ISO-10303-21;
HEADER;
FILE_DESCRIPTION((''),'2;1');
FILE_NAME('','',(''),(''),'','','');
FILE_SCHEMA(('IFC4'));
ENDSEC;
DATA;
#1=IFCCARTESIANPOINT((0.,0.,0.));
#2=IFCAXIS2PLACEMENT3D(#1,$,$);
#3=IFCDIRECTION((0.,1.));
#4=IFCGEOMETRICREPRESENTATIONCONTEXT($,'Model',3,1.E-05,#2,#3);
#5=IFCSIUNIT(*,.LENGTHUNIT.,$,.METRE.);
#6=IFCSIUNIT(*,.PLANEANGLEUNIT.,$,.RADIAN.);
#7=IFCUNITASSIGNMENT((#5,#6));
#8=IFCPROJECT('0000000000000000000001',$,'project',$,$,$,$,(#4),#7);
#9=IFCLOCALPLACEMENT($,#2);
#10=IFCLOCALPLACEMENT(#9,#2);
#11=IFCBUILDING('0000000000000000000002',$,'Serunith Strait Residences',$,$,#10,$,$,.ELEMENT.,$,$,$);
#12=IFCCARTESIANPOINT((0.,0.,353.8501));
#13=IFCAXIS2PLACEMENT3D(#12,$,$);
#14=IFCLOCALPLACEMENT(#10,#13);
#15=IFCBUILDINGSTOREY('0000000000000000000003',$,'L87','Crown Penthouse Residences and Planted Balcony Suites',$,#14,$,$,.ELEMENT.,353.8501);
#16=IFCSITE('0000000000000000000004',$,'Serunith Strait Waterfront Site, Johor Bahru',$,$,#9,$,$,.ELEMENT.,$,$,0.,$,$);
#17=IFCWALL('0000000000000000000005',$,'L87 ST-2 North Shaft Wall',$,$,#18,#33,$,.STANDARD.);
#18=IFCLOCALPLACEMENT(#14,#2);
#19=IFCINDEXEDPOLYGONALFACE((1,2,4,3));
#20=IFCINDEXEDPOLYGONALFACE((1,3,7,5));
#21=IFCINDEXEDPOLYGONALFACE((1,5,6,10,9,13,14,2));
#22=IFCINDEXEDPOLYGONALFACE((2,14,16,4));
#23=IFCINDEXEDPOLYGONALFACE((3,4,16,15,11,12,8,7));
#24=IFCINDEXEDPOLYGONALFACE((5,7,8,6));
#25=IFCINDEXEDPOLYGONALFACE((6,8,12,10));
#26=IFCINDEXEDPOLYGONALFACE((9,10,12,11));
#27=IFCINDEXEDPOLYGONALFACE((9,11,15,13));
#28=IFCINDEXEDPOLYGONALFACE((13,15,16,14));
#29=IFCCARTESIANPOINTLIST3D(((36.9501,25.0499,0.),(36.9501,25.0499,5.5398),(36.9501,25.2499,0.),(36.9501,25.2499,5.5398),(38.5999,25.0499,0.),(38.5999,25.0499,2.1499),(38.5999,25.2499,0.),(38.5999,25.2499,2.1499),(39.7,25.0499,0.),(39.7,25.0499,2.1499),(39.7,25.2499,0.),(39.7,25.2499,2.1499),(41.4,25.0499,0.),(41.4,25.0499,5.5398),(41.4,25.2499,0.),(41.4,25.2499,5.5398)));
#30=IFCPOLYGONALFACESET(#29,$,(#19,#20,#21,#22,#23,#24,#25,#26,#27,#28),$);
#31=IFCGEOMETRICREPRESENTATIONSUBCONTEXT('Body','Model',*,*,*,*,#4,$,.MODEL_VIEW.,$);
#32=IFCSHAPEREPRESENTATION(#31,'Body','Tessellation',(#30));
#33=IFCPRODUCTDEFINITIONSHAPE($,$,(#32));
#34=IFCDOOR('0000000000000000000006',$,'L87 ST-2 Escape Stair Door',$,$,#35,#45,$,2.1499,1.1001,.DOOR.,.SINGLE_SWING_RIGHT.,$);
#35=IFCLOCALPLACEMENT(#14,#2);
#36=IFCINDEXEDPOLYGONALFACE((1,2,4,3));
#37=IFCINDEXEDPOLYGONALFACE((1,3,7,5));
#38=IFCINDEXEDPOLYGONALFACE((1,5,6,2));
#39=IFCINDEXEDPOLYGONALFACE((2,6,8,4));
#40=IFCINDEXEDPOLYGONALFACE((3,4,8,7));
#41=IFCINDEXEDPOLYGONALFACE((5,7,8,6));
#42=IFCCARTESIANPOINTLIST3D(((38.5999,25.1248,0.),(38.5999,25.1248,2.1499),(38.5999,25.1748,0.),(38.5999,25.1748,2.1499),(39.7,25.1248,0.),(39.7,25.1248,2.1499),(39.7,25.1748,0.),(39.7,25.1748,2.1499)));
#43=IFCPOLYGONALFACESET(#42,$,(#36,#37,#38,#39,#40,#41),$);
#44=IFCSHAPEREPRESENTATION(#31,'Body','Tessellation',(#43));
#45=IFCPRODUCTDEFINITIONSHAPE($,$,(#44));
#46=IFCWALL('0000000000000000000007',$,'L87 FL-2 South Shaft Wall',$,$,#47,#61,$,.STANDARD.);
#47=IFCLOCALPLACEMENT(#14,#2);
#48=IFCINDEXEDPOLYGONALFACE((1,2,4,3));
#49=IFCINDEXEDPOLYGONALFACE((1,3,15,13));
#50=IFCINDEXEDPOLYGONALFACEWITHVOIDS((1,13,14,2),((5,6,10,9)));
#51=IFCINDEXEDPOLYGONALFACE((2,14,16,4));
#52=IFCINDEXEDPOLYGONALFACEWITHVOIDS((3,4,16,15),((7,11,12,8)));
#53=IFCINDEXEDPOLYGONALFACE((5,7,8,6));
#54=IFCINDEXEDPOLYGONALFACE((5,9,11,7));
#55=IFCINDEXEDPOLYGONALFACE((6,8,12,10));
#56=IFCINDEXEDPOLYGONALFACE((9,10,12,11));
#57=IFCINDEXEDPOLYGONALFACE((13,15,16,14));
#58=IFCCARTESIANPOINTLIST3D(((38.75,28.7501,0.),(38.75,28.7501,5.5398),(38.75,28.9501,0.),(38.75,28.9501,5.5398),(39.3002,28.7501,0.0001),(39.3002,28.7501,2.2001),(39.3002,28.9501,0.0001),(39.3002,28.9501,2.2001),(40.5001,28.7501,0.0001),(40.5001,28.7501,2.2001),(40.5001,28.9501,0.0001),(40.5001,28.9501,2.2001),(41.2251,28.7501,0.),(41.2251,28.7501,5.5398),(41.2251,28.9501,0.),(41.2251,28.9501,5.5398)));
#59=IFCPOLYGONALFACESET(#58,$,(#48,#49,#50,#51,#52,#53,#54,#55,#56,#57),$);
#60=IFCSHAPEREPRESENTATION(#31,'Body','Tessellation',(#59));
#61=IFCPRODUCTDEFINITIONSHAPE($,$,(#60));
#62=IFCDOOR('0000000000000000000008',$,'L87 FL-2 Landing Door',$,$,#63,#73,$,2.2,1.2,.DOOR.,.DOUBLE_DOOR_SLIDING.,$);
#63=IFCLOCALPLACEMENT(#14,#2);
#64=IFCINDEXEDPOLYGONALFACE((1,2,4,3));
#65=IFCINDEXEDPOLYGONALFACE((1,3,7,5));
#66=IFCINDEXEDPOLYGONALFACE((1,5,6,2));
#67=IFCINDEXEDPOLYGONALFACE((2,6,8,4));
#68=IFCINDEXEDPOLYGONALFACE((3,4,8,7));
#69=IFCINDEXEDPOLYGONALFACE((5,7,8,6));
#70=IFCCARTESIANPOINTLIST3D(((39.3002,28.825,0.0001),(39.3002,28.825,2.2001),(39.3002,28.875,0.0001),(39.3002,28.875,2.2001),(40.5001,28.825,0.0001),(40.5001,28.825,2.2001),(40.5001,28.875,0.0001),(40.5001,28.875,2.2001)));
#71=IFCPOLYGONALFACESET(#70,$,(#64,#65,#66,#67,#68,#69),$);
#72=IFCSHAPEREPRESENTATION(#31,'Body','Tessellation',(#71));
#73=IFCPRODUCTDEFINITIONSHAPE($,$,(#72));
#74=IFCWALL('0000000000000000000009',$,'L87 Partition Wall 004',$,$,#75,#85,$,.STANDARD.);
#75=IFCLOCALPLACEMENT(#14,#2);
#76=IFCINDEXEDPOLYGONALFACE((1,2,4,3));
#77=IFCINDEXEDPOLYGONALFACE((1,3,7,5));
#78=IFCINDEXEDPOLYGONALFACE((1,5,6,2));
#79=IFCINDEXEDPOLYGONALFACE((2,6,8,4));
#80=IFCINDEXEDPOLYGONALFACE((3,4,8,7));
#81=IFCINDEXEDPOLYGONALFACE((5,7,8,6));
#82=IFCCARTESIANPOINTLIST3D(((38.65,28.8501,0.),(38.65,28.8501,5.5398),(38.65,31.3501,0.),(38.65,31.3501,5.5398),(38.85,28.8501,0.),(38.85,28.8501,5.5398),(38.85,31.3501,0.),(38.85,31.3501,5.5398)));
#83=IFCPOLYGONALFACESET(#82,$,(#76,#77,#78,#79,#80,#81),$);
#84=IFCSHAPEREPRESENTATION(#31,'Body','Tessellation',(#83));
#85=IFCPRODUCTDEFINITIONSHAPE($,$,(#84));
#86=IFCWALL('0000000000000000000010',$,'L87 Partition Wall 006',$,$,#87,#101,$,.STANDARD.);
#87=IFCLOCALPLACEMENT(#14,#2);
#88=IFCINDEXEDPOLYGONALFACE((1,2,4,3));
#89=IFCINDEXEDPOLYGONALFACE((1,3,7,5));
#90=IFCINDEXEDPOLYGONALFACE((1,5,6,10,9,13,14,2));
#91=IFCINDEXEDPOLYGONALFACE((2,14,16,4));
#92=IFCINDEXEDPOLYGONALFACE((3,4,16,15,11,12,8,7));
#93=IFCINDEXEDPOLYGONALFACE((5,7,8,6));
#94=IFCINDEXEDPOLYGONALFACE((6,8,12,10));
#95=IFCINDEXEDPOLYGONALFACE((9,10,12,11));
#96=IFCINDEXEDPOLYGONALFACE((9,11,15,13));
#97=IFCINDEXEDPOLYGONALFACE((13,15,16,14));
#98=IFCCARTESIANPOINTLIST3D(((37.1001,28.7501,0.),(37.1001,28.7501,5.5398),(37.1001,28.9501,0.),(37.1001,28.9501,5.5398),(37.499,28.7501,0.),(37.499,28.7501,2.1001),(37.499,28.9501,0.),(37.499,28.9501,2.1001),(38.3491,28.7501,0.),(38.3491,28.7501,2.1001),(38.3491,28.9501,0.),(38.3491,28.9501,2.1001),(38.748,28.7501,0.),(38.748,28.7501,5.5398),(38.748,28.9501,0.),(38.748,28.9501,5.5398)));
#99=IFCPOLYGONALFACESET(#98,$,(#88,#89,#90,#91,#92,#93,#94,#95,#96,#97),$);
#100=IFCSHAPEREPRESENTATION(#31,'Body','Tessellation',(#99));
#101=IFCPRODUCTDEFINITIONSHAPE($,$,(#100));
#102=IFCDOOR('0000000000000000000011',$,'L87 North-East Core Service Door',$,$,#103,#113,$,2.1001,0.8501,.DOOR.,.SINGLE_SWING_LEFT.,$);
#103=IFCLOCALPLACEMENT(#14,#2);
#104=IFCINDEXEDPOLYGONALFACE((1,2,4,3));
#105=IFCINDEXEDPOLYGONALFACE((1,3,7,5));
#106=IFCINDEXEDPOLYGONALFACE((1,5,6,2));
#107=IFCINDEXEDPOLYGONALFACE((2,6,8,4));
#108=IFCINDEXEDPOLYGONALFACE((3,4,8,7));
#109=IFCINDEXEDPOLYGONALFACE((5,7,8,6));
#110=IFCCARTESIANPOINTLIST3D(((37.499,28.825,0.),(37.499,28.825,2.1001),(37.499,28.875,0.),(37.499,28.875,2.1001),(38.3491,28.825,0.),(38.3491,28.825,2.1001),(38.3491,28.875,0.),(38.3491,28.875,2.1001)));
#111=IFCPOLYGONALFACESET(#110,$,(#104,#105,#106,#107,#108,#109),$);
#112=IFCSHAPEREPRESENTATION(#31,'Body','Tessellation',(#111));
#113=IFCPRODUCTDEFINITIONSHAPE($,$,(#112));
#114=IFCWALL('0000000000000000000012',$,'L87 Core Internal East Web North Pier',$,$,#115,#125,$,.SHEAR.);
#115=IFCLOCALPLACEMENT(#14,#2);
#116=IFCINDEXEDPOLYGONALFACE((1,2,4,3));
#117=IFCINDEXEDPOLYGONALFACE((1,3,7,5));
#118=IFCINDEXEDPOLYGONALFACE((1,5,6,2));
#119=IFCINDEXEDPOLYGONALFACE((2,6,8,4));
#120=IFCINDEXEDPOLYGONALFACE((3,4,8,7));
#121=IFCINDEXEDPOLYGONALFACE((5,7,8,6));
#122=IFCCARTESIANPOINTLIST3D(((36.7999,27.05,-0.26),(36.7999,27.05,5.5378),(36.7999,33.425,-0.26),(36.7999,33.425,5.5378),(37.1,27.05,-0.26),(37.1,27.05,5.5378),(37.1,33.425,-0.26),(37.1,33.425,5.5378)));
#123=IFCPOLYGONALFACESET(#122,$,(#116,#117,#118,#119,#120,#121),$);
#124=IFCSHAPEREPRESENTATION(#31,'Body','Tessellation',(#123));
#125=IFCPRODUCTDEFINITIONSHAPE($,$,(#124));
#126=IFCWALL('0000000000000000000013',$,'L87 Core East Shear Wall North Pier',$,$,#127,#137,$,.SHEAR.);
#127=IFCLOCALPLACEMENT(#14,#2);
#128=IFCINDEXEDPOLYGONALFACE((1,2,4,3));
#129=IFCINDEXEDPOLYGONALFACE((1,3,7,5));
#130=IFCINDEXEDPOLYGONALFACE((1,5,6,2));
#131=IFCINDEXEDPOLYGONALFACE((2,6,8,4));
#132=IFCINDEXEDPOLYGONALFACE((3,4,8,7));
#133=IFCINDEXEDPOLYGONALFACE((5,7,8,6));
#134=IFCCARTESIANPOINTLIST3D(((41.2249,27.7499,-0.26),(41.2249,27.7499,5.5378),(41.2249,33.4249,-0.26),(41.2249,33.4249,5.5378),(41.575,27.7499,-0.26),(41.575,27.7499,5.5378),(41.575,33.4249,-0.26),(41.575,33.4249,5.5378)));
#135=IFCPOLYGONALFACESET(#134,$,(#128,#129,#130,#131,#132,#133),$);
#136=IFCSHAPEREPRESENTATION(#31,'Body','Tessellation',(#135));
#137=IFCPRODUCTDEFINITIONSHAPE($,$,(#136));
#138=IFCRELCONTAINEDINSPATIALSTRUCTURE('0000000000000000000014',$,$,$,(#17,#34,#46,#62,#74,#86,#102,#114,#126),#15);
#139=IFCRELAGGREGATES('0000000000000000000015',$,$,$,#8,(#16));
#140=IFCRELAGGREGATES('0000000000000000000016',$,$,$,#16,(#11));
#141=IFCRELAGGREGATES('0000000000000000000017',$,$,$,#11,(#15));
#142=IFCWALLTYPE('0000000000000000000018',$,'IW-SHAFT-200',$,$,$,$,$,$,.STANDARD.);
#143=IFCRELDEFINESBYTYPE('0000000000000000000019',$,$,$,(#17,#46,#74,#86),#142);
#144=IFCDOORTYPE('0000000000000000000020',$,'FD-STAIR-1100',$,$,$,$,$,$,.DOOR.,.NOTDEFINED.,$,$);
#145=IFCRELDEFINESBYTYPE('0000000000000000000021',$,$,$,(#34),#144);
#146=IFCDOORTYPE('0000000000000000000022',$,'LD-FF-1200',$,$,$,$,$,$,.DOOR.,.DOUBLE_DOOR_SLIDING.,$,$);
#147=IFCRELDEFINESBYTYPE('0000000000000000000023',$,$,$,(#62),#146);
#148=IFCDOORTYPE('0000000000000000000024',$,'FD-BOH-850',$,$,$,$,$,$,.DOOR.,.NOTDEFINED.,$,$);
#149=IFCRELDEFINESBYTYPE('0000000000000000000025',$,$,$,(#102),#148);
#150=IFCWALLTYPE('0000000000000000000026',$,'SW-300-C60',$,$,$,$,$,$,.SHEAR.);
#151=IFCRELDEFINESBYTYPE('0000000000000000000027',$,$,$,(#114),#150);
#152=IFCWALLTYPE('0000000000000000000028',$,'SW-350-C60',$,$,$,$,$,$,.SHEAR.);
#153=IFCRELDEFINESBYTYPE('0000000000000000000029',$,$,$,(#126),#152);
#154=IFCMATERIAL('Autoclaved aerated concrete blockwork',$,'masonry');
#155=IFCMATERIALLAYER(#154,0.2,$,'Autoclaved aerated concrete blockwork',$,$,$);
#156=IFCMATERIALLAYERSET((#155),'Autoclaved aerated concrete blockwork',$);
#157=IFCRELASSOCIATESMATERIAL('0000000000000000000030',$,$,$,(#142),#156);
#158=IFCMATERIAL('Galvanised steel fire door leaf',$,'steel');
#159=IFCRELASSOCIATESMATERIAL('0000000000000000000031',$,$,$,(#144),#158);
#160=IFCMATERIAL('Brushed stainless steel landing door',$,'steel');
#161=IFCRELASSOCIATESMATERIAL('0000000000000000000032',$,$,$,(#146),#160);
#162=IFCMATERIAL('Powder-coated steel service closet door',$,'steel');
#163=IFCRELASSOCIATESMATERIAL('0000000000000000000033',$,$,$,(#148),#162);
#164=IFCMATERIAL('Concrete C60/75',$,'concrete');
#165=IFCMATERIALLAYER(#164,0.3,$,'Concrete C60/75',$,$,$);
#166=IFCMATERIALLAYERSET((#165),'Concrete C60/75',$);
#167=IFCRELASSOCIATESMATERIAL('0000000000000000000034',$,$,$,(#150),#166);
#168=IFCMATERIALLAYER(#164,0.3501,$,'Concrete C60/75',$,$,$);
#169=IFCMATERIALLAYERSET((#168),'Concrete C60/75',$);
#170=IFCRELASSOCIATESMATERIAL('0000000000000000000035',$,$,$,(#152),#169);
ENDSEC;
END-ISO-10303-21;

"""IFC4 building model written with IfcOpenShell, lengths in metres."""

from ifc_helpers import new_model, si_unit, direction, frame, frame_2d, origin, place, context, subcontext, project, spatial, rectangle, extrude, source, transform, mapped, material, layer, layer_set, type_object, element, fill, save


model = new_model("IFC4")

# Units and contexts
model_context = context("Model", 3, precision=1e-05, world=origin(), true_north=direction((0.0, 1.0)))
body_context = subcontext(model_context, "Body", "Model", "MODEL_VIEW")
ifc_project = project(units=[si_unit("LENGTHUNIT", "METRE"), si_unit("PLANEANGLEUNIT", "RADIAN")], contexts=[model_context])

# Site, building, storey
site_placement = place(None, origin())
site = spatial("IfcSite", under=ifc_project, at=site_placement, Name="Serunith Strait Waterfront Site, Johor Bahru", CompositionType="ELEMENT", RefElevation=0.0)
building_placement = place(site_placement, origin())
building = spatial("IfcBuilding", under=site, at=building_placement, Name="Serunith Strait Residences", CompositionType="ELEMENT")
storey_placement = place(building_placement, frame((0.0, 0.0, 353.8501)))
storey = spatial("IfcBuildingStorey", under=building, at=storey_placement, Name="L87", Description="Crown Penthouse Residences and Planted Balcony Suites", CompositionType="ELEMENT", Elevation=353.8501)

# Walls, openings, doors
ifc_material_1 = material(Name="Autoclaved aerated concrete blockwork", Category="masonry")
ifc_layer_1 = layer(ifc_material_1, 0.2, Name="Autoclaved aerated concrete blockwork")
ifc_layer_set_1 = layer_set([ifc_layer_1], Name="Autoclaved aerated concrete blockwork")
wall_type_1 = type_object("IfcWallType", Name="IW-SHAFT-200", PredefinedType="STANDARD", material=ifc_layer_set_1)
wall_1_placement = place(storey_placement, frame((36.95, 25.1499, 0.0), z_axis=(0.0, 0.0, 1.0), x_axis=(1.0, 0.0, 0.0)))
wall_1 = element("IfcWall", 1, at=wall_1_placement, inside=storey, type_object=wall_type_1, Name="L87 ST-2 North Shaft Wall", PredefinedType="STANDARD", context=body_context, shape_type="SweptSolid", body=[
    extrude(rectangle(XDim=4.45, YDim=0.2, at=frame_2d((2.2251, 0.0))), origin(), (0.0, 0.0, 1.0), 5.5398),
])
opening_1_placement = place(wall_1_placement, frame((1.6499, 0.0, 0.0)))
opening_1 = element("IfcOpeningElement", 2, at=opening_1_placement, cuts=wall_1, PredefinedType="OPENING", context=body_context, shape_type="SweptSolid", body=[
    extrude(rectangle(XDim=1.1001, YDim=2.1499, at=frame_2d((0.55, 1.075))), frame((0.0, 0.1099, 0.0), z_axis=(0.0, -1.0, 0.0), x_axis=(1.0, 0.0, 0.0)), (0.0, 0.0, 1.0), 0.22),
])
ifc_material_2 = material(Name="Galvanised steel fire door leaf", Category="steel")
door_type_1 = type_object("IfcDoorType", Name="FD-STAIR-1100", OperationType="NOTDEFINED", PredefinedType="DOOR", material=ifc_material_2)
shared_shape_1 = source(origin(), body_context, "Body", "SweptSolid", [
    extrude(rectangle(XDim=1.1001, YDim=2.1499, at=frame_2d((0.55, 1.075))), frame((0.0, 0.0249, 0.0), z_axis=(0.0, -1.0, 0.0), x_axis=(1.0, 0.0, 0.0)), (0.0, 0.0, 1.0), 0.05),
])
door_1_placement = place(opening_1_placement, origin())
door_1 = element("IfcDoor", 3, at=door_1_placement, inside=storey, type_object=door_type_1, Name="L87 ST-2 Escape Stair Door", OperationType="SINGLE_SWING_RIGHT", OverallHeight=2.1499, OverallWidth=1.1001, PredefinedType="DOOR", context=body_context, shape_type="MappedRepresentation", body=[
    mapped(shared_shape_1, transform((0.0, 0.0, 0.0), scale=1.0)),
])
fill(opening_1, door_1)
wall_2_placement = place(storey_placement, frame((38.75, 28.8501, 0.0), z_axis=(0.0, 0.0, 1.0), x_axis=(1.0, 0.0, 0.0)))
wall_2 = element("IfcWall", 4, at=wall_2_placement, inside=storey, type_object=wall_type_1, Name="L87 FL-2 South Shaft Wall", PredefinedType="STANDARD", context=body_context, shape_type="SweptSolid", body=[
    extrude(rectangle(XDim=2.4751, YDim=0.2, at=frame_2d((1.2375, 0.0))), origin(), (0.0, 0.0, 1.0), 5.5398),
])
opening_2_placement = place(wall_2_placement, frame((0.55, 0.0, 0.0)))
opening_2 = element("IfcOpeningElement", 5, at=opening_2_placement, cuts=wall_2, PredefinedType="OPENING", context=body_context, shape_type="SweptSolid", body=[
    extrude(rectangle(XDim=1.2, YDim=2.2, at=frame_2d((0.6001, 1.1001))), frame((0.0, 0.1099, 0.0), z_axis=(0.0, -1.0, 0.0), x_axis=(1.0, 0.0, 0.0)), (0.0, 0.0, 1.0), 0.22),
])
ifc_material_3 = material(Name="Brushed stainless steel landing door", Category="steel")
door_type_2 = type_object("IfcDoorType", Name="LD-FF-1200", OperationType="DOUBLE_DOOR_SLIDING", PredefinedType="DOOR", material=ifc_material_3)
shared_shape_2 = source(origin(), body_context, "Body", "SweptSolid", [
    extrude(rectangle(XDim=1.2, YDim=2.2, at=frame_2d((0.6001, 1.1001))), frame((0.0, 0.0249, 0.0), z_axis=(0.0, -1.0, 0.0), x_axis=(1.0, 0.0, 0.0)), (0.0, 0.0, 1.0), 0.05),
])
door_2_placement = place(opening_2_placement, origin())
door_2 = element("IfcDoor", 6, at=door_2_placement, inside=storey, type_object=door_type_2, Name="L87 FL-2 Landing Door", OperationType="DOUBLE_DOOR_SLIDING", OverallHeight=2.2, OverallWidth=1.2, PredefinedType="DOOR", context=body_context, shape_type="MappedRepresentation", body=[
    mapped(shared_shape_2, transform((0.0, 0.0, 0.0), scale=1.0)),
])
fill(opening_2, door_2)

# Wall
wall_3_placement = place(storey_placement, frame((38.75, 28.8501, 0.0), z_axis=(0.0, 0.0, 1.0), x_axis=(0.0, 1.0, 0.0)))
element("IfcWall", 7, at=wall_3_placement, inside=storey, type_object=wall_type_1, Name="L87 Partition Wall 004", PredefinedType="STANDARD", context=body_context, shape_type="SweptSolid", body=[
    extrude(rectangle(XDim=2.5, YDim=0.2, at=frame_2d((1.25, 0.0))), origin(), (0.0, 0.0, 1.0), 5.5398),
])

# Wall, opening, door
wall_4_placement = place(storey_placement, frame((37.1001, 28.8501, 0.0), z_axis=(0.0, 0.0, 1.0), x_axis=(1.0, 0.0, 0.0)))
wall_4 = element("IfcWall", 8, at=wall_4_placement, inside=storey, type_object=wall_type_1, Name="L87 Partition Wall 006", PredefinedType="STANDARD", context=body_context, shape_type="SweptSolid", body=[
    extrude(rectangle(XDim=1.6479, YDim=0.2, at=frame_2d((0.824, 0.0))), origin(), (0.0, 0.0, 1.0), 5.5398),
])
opening_3_placement = place(wall_4_placement, frame((0.3989, 0.0, 0.0)))
opening_3 = element("IfcOpeningElement", 9, at=opening_3_placement, cuts=wall_4, PredefinedType="OPENING", context=body_context, shape_type="SweptSolid", body=[
    extrude(rectangle(XDim=0.8501, YDim=2.1001, at=frame_2d((0.425, 1.05))), frame((0.0, 0.1099, 0.0), z_axis=(0.0, -1.0, 0.0), x_axis=(1.0, 0.0, 0.0)), (0.0, 0.0, 1.0), 0.22),
])
ifc_material_4 = material(Name="Powder-coated steel service closet door", Category="steel")
door_type_3 = type_object("IfcDoorType", Name="FD-BOH-850", OperationType="NOTDEFINED", PredefinedType="DOOR", material=ifc_material_4)
shared_shape_3 = source(origin(), body_context, "Body", "SweptSolid", [
    extrude(rectangle(XDim=0.8501, YDim=2.1001, at=frame_2d((0.425, 1.05))), frame((0.0, 0.0249, 0.0), z_axis=(0.0, -1.0, 0.0), x_axis=(1.0, 0.0, 0.0)), (0.0, 0.0, 1.0), 0.05),
])
door_3_placement = place(opening_3_placement, origin())
door_3 = element("IfcDoor", 10, at=door_3_placement, inside=storey, type_object=door_type_3, Name="L87 North-East Core Service Door", OperationType="SINGLE_SWING_LEFT", OverallHeight=2.1001, OverallWidth=0.8501, PredefinedType="DOOR", context=body_context, shape_type="MappedRepresentation", body=[
    mapped(shared_shape_3, transform((0.0, 0.0, 0.0), scale=1.0)),
])
fill(opening_3, door_3)

# Walls
ifc_material_5 = material(Name="Concrete C60/75", Category="concrete")
ifc_layer_2 = layer(ifc_material_5, 0.3, Name="Concrete C60/75")
ifc_layer_set_2 = layer_set([ifc_layer_2], Name="Concrete C60/75")
wall_type_2 = type_object("IfcWallType", Name="SW-300-C60", PredefinedType="SHEAR", material=ifc_layer_set_2)
wall_5_placement = place(storey_placement, frame((36.95, 27.05, -0.26), z_axis=(0.0, 0.0, 1.0), x_axis=(0.0, 1.0, 0.0)))
element("IfcWall", 11, at=wall_5_placement, inside=storey, type_object=wall_type_2, Name="L87 Core Internal East Web North Pier", PredefinedType="SHEAR", context=body_context, shape_type="SweptSolid", body=[
    extrude(rectangle(XDim=6.375, YDim=0.3, at=frame_2d((3.1875, 0.0))), origin(), (0.0, 0.0, 1.0), 5.7979),
])
ifc_layer_3 = layer(ifc_material_5, 0.3501, Name="Concrete C60/75")
ifc_layer_set_3 = layer_set([ifc_layer_3], Name="Concrete C60/75")
wall_type_3 = type_object("IfcWallType", Name="SW-350-C60", PredefinedType="SHEAR", material=ifc_layer_set_3)
wall_6_placement = place(storey_placement, frame((41.3999, 27.75, -0.26), z_axis=(0.0, 0.0, 1.0), x_axis=(0.0, 1.0, 0.0)))
element("IfcWall", 12, at=wall_6_placement, inside=storey, type_object=wall_type_3, Name="L87 Core East Shear Wall North Pier", PredefinedType="SHEAR", context=body_context, shape_type="SweptSolid", body=[
    extrude(rectangle(XDim=5.675, YDim=0.3501, at=frame_2d((2.8374, 0.0))), origin(), (0.0, 0.0, 1.0), 5.7979),
])

save(model, "model.ifc")
